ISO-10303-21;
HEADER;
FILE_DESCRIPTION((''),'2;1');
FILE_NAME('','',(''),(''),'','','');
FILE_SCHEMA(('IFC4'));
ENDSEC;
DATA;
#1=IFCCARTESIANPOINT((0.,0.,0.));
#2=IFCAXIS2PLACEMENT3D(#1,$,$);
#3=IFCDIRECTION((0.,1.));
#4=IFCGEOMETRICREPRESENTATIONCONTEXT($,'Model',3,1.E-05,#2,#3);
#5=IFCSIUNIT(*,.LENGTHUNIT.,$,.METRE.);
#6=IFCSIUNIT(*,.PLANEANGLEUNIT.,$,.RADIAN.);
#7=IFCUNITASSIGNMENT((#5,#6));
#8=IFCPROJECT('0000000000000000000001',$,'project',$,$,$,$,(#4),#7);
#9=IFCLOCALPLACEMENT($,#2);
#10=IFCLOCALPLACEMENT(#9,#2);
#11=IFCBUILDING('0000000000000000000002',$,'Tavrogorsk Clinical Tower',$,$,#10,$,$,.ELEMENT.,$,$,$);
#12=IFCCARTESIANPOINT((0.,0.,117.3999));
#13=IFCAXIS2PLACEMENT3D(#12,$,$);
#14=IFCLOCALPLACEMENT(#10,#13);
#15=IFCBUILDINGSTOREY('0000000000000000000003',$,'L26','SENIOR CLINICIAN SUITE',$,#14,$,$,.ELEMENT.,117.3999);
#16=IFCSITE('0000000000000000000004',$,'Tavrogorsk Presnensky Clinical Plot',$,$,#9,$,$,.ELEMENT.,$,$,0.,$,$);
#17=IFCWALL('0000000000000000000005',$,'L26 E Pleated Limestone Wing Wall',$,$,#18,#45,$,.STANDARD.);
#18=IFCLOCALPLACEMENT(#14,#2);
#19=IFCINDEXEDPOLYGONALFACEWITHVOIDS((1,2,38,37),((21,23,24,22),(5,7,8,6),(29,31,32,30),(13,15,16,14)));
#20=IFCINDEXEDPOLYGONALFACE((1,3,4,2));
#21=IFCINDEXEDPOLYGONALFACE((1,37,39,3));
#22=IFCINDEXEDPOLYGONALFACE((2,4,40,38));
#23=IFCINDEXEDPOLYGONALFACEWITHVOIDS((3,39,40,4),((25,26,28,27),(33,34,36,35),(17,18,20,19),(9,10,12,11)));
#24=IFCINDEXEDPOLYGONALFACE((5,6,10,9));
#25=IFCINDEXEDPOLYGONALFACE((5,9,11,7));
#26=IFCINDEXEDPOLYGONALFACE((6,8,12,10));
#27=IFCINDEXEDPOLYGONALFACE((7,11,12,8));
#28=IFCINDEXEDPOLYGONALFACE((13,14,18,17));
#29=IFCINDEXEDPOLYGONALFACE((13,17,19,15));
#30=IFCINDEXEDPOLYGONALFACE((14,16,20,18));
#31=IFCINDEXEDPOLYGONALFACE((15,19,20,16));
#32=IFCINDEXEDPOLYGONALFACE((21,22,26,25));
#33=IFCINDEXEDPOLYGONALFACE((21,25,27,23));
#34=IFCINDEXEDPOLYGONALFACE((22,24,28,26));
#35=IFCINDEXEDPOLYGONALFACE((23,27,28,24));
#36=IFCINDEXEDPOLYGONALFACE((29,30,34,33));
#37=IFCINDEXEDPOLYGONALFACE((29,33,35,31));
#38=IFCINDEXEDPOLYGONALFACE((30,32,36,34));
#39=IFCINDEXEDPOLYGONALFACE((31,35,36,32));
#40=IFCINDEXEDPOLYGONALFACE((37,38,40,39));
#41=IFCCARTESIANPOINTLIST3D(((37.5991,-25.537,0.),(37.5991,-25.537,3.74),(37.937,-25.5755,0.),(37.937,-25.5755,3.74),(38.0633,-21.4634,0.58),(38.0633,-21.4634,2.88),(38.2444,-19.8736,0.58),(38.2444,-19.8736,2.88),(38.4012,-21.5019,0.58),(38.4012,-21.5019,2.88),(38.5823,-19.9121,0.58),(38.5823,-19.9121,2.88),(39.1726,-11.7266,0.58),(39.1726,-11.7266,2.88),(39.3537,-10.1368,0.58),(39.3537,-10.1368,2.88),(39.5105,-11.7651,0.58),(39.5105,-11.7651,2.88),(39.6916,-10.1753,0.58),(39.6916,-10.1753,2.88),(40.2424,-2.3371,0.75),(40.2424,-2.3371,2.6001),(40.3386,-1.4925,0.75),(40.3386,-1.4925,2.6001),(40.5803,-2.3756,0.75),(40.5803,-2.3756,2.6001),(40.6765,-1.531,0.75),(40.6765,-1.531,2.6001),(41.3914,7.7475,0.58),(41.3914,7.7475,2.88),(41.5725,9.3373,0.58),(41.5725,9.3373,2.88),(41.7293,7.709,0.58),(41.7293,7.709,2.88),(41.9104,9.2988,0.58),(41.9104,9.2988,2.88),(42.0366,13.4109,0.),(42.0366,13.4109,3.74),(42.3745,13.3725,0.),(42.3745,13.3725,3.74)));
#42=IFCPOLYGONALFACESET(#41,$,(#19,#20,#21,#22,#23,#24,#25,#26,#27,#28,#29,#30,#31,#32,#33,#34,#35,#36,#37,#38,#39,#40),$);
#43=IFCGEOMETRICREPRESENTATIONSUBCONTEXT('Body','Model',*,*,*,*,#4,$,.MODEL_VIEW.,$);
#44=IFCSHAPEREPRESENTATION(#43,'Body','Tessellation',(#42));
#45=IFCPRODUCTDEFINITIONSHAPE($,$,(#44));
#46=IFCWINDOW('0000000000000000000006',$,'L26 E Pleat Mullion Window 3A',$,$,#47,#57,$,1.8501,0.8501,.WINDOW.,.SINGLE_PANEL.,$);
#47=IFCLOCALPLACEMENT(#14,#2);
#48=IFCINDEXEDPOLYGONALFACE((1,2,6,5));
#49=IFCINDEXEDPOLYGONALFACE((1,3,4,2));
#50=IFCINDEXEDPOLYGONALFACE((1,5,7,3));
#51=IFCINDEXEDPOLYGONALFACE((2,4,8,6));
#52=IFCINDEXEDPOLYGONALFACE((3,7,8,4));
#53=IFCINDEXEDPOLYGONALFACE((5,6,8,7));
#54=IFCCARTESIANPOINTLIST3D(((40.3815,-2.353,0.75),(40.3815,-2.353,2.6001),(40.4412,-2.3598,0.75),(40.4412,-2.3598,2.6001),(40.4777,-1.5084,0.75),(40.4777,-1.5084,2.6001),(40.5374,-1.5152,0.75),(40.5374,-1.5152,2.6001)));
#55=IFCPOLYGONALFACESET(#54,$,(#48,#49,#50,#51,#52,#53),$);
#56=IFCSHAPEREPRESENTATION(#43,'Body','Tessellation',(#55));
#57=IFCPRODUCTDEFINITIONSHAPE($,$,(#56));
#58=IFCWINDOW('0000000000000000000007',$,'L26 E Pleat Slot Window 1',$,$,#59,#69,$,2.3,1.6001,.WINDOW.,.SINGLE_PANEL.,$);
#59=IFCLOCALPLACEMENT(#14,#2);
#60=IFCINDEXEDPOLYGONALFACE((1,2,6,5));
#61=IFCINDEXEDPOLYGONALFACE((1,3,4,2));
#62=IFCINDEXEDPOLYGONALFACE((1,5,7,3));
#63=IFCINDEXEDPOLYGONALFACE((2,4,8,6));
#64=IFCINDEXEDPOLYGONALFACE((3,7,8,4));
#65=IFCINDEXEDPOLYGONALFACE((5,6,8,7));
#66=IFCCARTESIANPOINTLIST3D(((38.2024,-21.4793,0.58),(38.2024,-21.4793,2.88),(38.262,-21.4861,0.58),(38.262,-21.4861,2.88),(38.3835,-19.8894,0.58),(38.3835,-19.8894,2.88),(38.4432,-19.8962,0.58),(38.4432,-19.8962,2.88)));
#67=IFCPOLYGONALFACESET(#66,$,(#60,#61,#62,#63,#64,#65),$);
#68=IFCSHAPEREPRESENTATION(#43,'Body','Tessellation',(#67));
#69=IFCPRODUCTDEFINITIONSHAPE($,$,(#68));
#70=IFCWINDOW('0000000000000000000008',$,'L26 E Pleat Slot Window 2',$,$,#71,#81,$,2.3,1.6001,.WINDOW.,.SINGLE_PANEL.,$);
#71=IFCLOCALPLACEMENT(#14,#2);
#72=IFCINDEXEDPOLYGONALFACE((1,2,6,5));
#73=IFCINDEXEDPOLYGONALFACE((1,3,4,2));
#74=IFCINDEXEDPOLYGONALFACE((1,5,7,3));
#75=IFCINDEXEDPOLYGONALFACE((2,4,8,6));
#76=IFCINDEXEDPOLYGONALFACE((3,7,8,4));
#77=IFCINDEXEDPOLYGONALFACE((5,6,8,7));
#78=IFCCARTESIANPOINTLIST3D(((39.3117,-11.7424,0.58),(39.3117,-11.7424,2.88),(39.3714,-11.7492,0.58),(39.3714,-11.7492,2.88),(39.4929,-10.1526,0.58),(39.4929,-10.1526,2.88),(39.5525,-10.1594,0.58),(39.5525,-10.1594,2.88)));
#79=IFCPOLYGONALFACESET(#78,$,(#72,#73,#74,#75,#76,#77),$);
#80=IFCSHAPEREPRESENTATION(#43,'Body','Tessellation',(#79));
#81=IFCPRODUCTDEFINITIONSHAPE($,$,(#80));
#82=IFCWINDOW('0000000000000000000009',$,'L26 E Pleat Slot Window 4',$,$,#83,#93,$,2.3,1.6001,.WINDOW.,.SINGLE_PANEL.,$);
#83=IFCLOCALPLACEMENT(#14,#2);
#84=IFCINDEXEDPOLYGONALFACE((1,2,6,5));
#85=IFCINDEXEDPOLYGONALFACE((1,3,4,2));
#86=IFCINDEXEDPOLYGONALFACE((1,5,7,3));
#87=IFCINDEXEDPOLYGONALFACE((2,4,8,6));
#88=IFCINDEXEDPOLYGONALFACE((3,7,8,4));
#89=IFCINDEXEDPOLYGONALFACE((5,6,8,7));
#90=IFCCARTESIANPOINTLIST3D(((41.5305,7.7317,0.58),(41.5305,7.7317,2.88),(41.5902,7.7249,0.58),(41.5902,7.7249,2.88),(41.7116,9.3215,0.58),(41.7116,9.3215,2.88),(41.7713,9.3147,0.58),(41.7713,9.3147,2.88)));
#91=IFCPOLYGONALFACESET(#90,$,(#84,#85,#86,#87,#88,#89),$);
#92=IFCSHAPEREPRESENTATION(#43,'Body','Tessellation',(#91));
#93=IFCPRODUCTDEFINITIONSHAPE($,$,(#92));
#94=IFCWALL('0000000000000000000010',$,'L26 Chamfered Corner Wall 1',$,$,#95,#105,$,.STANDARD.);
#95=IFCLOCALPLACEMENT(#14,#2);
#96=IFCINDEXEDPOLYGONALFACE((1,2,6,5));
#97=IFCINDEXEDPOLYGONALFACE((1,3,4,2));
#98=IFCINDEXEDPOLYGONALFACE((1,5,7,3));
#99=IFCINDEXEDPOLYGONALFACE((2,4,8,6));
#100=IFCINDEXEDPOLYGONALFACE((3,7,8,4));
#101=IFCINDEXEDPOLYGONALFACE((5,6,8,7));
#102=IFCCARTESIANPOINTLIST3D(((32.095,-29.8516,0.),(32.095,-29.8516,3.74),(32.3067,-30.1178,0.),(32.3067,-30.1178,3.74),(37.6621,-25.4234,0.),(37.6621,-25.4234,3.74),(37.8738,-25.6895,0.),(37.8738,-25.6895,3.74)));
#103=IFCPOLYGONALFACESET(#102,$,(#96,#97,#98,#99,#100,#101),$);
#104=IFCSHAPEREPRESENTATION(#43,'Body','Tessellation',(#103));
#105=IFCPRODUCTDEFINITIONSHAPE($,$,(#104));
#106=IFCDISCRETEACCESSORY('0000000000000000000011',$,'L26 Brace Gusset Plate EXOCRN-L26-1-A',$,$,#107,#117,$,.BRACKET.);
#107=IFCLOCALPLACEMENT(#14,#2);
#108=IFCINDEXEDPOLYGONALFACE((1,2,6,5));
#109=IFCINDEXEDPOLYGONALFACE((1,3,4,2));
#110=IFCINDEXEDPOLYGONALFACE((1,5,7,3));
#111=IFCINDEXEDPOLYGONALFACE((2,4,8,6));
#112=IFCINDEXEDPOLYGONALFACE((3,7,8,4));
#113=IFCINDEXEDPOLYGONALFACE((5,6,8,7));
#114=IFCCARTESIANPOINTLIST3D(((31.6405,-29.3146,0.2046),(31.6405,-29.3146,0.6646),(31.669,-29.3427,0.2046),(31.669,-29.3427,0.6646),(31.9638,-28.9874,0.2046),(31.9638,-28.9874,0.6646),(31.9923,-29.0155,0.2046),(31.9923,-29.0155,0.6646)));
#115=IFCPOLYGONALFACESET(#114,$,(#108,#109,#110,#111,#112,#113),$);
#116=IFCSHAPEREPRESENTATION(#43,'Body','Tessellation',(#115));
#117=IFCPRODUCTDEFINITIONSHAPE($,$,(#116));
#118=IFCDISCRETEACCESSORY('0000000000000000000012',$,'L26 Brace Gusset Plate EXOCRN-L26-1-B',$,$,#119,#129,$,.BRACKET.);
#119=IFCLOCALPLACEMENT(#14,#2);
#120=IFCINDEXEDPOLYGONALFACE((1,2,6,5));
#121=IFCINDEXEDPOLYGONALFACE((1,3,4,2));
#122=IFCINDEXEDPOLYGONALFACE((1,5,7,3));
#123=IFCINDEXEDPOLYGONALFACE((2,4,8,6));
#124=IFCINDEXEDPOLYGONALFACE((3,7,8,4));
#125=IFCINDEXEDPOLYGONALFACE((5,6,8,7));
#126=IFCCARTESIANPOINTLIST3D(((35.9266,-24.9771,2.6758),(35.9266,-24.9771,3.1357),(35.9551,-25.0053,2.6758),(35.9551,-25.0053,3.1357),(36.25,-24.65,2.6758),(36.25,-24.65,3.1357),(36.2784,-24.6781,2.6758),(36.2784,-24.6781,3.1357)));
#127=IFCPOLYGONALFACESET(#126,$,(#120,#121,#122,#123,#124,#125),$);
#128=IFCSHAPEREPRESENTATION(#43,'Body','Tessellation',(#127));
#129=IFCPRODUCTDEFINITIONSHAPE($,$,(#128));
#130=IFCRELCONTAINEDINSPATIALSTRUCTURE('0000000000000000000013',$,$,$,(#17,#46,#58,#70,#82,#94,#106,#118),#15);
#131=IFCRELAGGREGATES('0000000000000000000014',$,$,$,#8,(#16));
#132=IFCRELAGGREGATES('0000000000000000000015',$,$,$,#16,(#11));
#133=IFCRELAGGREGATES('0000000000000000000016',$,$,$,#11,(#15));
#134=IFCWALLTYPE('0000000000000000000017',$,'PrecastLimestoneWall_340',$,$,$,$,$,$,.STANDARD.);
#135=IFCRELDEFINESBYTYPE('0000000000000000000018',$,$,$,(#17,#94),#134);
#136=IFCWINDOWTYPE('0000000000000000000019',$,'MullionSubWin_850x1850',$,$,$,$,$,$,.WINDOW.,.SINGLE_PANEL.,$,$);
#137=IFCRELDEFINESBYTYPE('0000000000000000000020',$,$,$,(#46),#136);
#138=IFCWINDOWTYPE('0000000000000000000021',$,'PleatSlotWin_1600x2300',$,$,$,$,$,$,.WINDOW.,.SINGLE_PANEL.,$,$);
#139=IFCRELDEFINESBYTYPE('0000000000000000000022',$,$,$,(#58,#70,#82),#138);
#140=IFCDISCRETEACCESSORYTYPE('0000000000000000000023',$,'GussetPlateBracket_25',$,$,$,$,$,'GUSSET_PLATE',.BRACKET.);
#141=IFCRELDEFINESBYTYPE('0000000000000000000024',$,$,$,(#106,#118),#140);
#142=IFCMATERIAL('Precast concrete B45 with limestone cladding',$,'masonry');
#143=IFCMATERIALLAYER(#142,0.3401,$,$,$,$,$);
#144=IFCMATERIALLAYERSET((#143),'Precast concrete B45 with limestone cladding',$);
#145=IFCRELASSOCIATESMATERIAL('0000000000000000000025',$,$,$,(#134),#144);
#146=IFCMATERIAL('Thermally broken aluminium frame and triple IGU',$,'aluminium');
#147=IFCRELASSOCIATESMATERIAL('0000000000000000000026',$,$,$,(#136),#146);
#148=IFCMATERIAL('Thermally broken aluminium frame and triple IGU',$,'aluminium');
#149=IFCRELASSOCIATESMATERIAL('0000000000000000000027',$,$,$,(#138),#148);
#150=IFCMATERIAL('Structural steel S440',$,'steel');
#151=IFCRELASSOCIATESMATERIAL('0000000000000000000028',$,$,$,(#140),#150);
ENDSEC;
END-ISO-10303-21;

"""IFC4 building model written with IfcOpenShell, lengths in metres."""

from ifc_helpers import new_model, si_unit, direction, frame, frame_2d, origin, origin_2d, place, context, subcontext, project, spatial, rectangle, extrude, material, layer, layer_set, type_object, element, fill, save


model = new_model("IFC4")

# Units and contexts
model_context = context("Model", 3, precision=1e-05, world=origin(), true_north=direction((0.0, 1.0)))
body_context = subcontext(model_context, "Body", "Model", "MODEL_VIEW")
ifc_project = project(units=[si_unit("LENGTHUNIT", "METRE"), si_unit("PLANEANGLEUNIT", "RADIAN")], contexts=[model_context])

# Site, building, storey
site_placement = place(None, origin())
site = spatial("IfcSite", under=ifc_project, at=site_placement, Name="Tavrogorsk Presnensky Clinical Plot", CompositionType="ELEMENT", RefElevation=0.0)
building_placement = place(site_placement, origin())
building = spatial("IfcBuilding", under=site, at=building_placement, Name="Tavrogorsk Clinical Tower", CompositionType="ELEMENT")
storey_placement = place(building_placement, frame((0.0, 0.0, 117.3999)))
storey = spatial("IfcBuildingStorey", under=building, at=storey_placement, Name="L26", Description="SENIOR CLINICIAN SUITE", CompositionType="ELEMENT", Elevation=117.3999)

# Wall, openings, windows
ifc_material_1 = material(Name="Precast concrete B45 with limestone cladding", Category="masonry")
ifc_layer_1 = layer(ifc_material_1, 0.3401)
ifc_layer_set_1 = layer_set([ifc_layer_1], Name="Precast concrete B45 with limestone cladding")
wall_type_1 = type_object("IfcWallType", Name="PrecastLimestoneWall_340", PredefinedType="STANDARD", material=ifc_layer_set_1)
wall_1_placement = place(storey_placement, frame((37.7681, -25.5564, 0.0), z_axis=(0.0, 0.0, 1.0), x_axis=(0.113202, 0.993572, 0.0)))
wall_1 = element("IfcWall", 1, at=wall_1_placement, inside=storey, type_object=wall_type_1, Name="L26 E Pleated Limestone Wing Wall", PredefinedType="STANDARD", context=body_context, shape_type="SweptSolid", body=[
    extrude(rectangle(XDim=39.2, YDim=0.3401, at=frame_2d((19.6001, 0.0))), origin(), (0.0, 0.0, 1.0), 3.74),
])
opening_1_placement = place(wall_1_placement, frame((4.1001, 0.0, 0.5801)))
opening_1 = element("IfcOpeningElement", 2, at=opening_1_placement, cuts=wall_1, PredefinedType="OPENING", context=body_context, shape_type="SweptSolid", body=[
    extrude(rectangle(XDim=1.6001, YDim=2.3, at=frame_2d((0.8, 1.1499))), frame((0.0, 0.1799, 0.0), z_axis=(0.0, -1.0, 0.0), x_axis=(1.0, 0.0, 0.0)), (0.0, 0.0, 1.0), 0.3601),
])
opening_2_placement = place(wall_1_placement, frame((13.8999, 0.0, 0.5801)))
opening_2 = element("IfcOpeningElement", 3, at=opening_2_placement, cuts=wall_1, PredefinedType="OPENING", context=body_context, shape_type="SweptSolid", body=[
    extrude(rectangle(XDim=1.6001, YDim=2.3, at=frame_2d((0.8, 1.1499))), frame((0.0, 0.1799, 0.0), z_axis=(0.0, -1.0, 0.0), x_axis=(1.0, 0.0, 0.0)), (0.0, 0.0, 1.0), 0.3601),
])
opening_3_placement = place(wall_1_placement, frame((23.3501, 0.0, 0.75)))
opening_3 = element("IfcOpeningElement", 4, at=opening_3_placement, cuts=wall_1, PredefinedType="OPENING", context=body_context, shape_type="SweptSolid", body=[
    extrude(rectangle(XDim=0.8501, YDim=1.8501, at=frame_2d((0.425, 0.925))), frame((0.0, 0.1799, 0.0), z_axis=(0.0, -1.0, 0.0), x_axis=(1.0, 0.0, 0.0)), (0.0, 0.0, 1.0), 0.3601),
])
opening_4_placement = place(wall_1_placement, frame((33.5, 0.0, 0.5801)))
opening_4 = element("IfcOpeningElement", 5, at=opening_4_placement, cuts=wall_1, PredefinedType="OPENING", context=body_context, shape_type="SweptSolid", body=[
    extrude(rectangle(XDim=1.6001, YDim=2.3, at=frame_2d((0.8, 1.1499))), frame((0.0, 0.1799, 0.0), z_axis=(0.0, -1.0, 0.0), x_axis=(1.0, 0.0, 0.0)), (0.0, 0.0, 1.0), 0.3601),
])
ifc_material_2 = material(Name="Thermally broken aluminium frame and triple IGU", Category="aluminium")
window_type_1 = type_object("IfcWindowType", Name="MullionSubWin_850x1850", PartitioningType="SINGLE_PANEL", PredefinedType="WINDOW", material=ifc_material_2)
window_1_placement = place(opening_3_placement, origin())
window_1 = element("IfcWindow", 6, at=window_1_placement, inside=storey, type_object=window_type_1, Name="L26 E Pleat Mullion Window 3A", OverallHeight=1.8501, OverallWidth=0.8501, PartitioningType="SINGLE_PANEL", PredefinedType="WINDOW", context=body_context, shape_type="SweptSolid", body=[
    extrude(rectangle(XDim=0.8501, YDim=1.8501, at=frame_2d((0.425, 0.925))), frame((0.0, 0.03, 0.0), z_axis=(0.0, -1.0, 0.0), x_axis=(1.0, 0.0, 0.0)), (0.0, 0.0, 1.0), 0.0601),
])
fill(opening_3, window_1)
ifc_material_3 = material(Name="Thermally broken aluminium frame and triple IGU", Category="aluminium")
window_type_2 = type_object("IfcWindowType", Name="PleatSlotWin_1600x2300", PartitioningType="SINGLE_PANEL", PredefinedType="WINDOW", material=ifc_material_3)
window_2_placement = place(opening_1_placement, origin())
window_2 = element("IfcWindow", 7, at=window_2_placement, inside=storey, type_object=window_type_2, Name="L26 E Pleat Slot Window 1", OverallHeight=2.3, OverallWidth=1.6001, PartitioningType="SINGLE_PANEL", PredefinedType="WINDOW", context=body_context, shape_type="SweptSolid", body=[
    extrude(rectangle(XDim=1.6001, YDim=2.3, at=frame_2d((0.8, 1.1499))), frame((0.0, 0.03, 0.0), z_axis=(0.0, -1.0, 0.0), x_axis=(1.0, 0.0, 0.0)), (0.0, 0.0, 1.0), 0.0601),
])
fill(opening_1, window_2)
window_3_placement = place(opening_2_placement, origin())
window_3 = element("IfcWindow", 8, at=window_3_placement, inside=storey, type_object=window_type_2, Name="L26 E Pleat Slot Window 2", OverallHeight=2.3, OverallWidth=1.6001, PartitioningType="SINGLE_PANEL", PredefinedType="WINDOW", context=body_context, shape_type="SweptSolid", body=[
    extrude(rectangle(XDim=1.6001, YDim=2.3, at=frame_2d((0.8, 1.1499))), frame((0.0, 0.03, 0.0), z_axis=(0.0, -1.0, 0.0), x_axis=(1.0, 0.0, 0.0)), (0.0, 0.0, 1.0), 0.0601),
])
fill(opening_2, window_3)
window_4_placement = place(opening_4_placement, origin())
window_4 = element("IfcWindow", 9, at=window_4_placement, inside=storey, type_object=window_type_2, Name="L26 E Pleat Slot Window 4", OverallHeight=2.3, OverallWidth=1.6001, PartitioningType="SINGLE_PANEL", PredefinedType="WINDOW", context=body_context, shape_type="SweptSolid", body=[
    extrude(rectangle(XDim=1.6001, YDim=2.3, at=frame_2d((0.8, 1.1499))), frame((0.0, 0.03, 0.0), z_axis=(0.0, -1.0, 0.0), x_axis=(1.0, 0.0, 0.0)), (0.0, 0.0, 1.0), 0.0601),
])
fill(opening_4, window_4)

# Wall
wall_2_placement = place(storey_placement, frame((32.2009, -29.9846, 0.0), z_axis=(0.0, 0.0, 1.0), x_axis=(0.782614, 0.622508, 0.0)))
element("IfcWall", 10, at=wall_2_placement, inside=storey, type_object=wall_type_1, Name="L26 Chamfered Corner Wall 1", PredefinedType="STANDARD", context=body_context, shape_type="SweptSolid", body=[
    extrude(rectangle(XDim=7.1135, YDim=0.3401, at=frame_2d((3.5566, 0.0))), origin(), (0.0, 0.0, 1.0), 3.74),
])

# Discrete accessories
ifc_material_4 = material(Name="Structural steel S440", Category="steel")
discrete_accessory_type = type_object("IfcDiscreteAccessoryType", Name="GussetPlateBracket_25", ElementType="GUSSET_PLATE", PredefinedType="BRACKET", material=ifc_material_4)
for number, where, z_axis, x_axis, name in (
    (11, (31.8164, -29.165, 0.2046), (0.0, 0.0, 1.0), (0.702898, 0.71129, 0.0), "L26 Brace Gusset Plate EXOCRN-L26-1-A"),
    (12, (36.1025, -24.8276, 2.6758), (0.0, 0.0, 1.0), (0.702898, 0.71129, 0.0), "L26 Brace Gusset Plate EXOCRN-L26-1-B"),
):
    element("IfcDiscreteAccessory", number, at=place(storey_placement, frame(where, z_axis=z_axis, x_axis=x_axis)), inside=storey, type_object=discrete_accessory_type, Name=name, PredefinedType="BRACKET", context=body_context, shape_type="SweptSolid", body=[
        extrude(rectangle(XDim=0.46, YDim=0.04, at=origin_2d()), origin(), (0.0, 0.0, 1.0), 0.46),
    ])

save(model, "model.ifc")
